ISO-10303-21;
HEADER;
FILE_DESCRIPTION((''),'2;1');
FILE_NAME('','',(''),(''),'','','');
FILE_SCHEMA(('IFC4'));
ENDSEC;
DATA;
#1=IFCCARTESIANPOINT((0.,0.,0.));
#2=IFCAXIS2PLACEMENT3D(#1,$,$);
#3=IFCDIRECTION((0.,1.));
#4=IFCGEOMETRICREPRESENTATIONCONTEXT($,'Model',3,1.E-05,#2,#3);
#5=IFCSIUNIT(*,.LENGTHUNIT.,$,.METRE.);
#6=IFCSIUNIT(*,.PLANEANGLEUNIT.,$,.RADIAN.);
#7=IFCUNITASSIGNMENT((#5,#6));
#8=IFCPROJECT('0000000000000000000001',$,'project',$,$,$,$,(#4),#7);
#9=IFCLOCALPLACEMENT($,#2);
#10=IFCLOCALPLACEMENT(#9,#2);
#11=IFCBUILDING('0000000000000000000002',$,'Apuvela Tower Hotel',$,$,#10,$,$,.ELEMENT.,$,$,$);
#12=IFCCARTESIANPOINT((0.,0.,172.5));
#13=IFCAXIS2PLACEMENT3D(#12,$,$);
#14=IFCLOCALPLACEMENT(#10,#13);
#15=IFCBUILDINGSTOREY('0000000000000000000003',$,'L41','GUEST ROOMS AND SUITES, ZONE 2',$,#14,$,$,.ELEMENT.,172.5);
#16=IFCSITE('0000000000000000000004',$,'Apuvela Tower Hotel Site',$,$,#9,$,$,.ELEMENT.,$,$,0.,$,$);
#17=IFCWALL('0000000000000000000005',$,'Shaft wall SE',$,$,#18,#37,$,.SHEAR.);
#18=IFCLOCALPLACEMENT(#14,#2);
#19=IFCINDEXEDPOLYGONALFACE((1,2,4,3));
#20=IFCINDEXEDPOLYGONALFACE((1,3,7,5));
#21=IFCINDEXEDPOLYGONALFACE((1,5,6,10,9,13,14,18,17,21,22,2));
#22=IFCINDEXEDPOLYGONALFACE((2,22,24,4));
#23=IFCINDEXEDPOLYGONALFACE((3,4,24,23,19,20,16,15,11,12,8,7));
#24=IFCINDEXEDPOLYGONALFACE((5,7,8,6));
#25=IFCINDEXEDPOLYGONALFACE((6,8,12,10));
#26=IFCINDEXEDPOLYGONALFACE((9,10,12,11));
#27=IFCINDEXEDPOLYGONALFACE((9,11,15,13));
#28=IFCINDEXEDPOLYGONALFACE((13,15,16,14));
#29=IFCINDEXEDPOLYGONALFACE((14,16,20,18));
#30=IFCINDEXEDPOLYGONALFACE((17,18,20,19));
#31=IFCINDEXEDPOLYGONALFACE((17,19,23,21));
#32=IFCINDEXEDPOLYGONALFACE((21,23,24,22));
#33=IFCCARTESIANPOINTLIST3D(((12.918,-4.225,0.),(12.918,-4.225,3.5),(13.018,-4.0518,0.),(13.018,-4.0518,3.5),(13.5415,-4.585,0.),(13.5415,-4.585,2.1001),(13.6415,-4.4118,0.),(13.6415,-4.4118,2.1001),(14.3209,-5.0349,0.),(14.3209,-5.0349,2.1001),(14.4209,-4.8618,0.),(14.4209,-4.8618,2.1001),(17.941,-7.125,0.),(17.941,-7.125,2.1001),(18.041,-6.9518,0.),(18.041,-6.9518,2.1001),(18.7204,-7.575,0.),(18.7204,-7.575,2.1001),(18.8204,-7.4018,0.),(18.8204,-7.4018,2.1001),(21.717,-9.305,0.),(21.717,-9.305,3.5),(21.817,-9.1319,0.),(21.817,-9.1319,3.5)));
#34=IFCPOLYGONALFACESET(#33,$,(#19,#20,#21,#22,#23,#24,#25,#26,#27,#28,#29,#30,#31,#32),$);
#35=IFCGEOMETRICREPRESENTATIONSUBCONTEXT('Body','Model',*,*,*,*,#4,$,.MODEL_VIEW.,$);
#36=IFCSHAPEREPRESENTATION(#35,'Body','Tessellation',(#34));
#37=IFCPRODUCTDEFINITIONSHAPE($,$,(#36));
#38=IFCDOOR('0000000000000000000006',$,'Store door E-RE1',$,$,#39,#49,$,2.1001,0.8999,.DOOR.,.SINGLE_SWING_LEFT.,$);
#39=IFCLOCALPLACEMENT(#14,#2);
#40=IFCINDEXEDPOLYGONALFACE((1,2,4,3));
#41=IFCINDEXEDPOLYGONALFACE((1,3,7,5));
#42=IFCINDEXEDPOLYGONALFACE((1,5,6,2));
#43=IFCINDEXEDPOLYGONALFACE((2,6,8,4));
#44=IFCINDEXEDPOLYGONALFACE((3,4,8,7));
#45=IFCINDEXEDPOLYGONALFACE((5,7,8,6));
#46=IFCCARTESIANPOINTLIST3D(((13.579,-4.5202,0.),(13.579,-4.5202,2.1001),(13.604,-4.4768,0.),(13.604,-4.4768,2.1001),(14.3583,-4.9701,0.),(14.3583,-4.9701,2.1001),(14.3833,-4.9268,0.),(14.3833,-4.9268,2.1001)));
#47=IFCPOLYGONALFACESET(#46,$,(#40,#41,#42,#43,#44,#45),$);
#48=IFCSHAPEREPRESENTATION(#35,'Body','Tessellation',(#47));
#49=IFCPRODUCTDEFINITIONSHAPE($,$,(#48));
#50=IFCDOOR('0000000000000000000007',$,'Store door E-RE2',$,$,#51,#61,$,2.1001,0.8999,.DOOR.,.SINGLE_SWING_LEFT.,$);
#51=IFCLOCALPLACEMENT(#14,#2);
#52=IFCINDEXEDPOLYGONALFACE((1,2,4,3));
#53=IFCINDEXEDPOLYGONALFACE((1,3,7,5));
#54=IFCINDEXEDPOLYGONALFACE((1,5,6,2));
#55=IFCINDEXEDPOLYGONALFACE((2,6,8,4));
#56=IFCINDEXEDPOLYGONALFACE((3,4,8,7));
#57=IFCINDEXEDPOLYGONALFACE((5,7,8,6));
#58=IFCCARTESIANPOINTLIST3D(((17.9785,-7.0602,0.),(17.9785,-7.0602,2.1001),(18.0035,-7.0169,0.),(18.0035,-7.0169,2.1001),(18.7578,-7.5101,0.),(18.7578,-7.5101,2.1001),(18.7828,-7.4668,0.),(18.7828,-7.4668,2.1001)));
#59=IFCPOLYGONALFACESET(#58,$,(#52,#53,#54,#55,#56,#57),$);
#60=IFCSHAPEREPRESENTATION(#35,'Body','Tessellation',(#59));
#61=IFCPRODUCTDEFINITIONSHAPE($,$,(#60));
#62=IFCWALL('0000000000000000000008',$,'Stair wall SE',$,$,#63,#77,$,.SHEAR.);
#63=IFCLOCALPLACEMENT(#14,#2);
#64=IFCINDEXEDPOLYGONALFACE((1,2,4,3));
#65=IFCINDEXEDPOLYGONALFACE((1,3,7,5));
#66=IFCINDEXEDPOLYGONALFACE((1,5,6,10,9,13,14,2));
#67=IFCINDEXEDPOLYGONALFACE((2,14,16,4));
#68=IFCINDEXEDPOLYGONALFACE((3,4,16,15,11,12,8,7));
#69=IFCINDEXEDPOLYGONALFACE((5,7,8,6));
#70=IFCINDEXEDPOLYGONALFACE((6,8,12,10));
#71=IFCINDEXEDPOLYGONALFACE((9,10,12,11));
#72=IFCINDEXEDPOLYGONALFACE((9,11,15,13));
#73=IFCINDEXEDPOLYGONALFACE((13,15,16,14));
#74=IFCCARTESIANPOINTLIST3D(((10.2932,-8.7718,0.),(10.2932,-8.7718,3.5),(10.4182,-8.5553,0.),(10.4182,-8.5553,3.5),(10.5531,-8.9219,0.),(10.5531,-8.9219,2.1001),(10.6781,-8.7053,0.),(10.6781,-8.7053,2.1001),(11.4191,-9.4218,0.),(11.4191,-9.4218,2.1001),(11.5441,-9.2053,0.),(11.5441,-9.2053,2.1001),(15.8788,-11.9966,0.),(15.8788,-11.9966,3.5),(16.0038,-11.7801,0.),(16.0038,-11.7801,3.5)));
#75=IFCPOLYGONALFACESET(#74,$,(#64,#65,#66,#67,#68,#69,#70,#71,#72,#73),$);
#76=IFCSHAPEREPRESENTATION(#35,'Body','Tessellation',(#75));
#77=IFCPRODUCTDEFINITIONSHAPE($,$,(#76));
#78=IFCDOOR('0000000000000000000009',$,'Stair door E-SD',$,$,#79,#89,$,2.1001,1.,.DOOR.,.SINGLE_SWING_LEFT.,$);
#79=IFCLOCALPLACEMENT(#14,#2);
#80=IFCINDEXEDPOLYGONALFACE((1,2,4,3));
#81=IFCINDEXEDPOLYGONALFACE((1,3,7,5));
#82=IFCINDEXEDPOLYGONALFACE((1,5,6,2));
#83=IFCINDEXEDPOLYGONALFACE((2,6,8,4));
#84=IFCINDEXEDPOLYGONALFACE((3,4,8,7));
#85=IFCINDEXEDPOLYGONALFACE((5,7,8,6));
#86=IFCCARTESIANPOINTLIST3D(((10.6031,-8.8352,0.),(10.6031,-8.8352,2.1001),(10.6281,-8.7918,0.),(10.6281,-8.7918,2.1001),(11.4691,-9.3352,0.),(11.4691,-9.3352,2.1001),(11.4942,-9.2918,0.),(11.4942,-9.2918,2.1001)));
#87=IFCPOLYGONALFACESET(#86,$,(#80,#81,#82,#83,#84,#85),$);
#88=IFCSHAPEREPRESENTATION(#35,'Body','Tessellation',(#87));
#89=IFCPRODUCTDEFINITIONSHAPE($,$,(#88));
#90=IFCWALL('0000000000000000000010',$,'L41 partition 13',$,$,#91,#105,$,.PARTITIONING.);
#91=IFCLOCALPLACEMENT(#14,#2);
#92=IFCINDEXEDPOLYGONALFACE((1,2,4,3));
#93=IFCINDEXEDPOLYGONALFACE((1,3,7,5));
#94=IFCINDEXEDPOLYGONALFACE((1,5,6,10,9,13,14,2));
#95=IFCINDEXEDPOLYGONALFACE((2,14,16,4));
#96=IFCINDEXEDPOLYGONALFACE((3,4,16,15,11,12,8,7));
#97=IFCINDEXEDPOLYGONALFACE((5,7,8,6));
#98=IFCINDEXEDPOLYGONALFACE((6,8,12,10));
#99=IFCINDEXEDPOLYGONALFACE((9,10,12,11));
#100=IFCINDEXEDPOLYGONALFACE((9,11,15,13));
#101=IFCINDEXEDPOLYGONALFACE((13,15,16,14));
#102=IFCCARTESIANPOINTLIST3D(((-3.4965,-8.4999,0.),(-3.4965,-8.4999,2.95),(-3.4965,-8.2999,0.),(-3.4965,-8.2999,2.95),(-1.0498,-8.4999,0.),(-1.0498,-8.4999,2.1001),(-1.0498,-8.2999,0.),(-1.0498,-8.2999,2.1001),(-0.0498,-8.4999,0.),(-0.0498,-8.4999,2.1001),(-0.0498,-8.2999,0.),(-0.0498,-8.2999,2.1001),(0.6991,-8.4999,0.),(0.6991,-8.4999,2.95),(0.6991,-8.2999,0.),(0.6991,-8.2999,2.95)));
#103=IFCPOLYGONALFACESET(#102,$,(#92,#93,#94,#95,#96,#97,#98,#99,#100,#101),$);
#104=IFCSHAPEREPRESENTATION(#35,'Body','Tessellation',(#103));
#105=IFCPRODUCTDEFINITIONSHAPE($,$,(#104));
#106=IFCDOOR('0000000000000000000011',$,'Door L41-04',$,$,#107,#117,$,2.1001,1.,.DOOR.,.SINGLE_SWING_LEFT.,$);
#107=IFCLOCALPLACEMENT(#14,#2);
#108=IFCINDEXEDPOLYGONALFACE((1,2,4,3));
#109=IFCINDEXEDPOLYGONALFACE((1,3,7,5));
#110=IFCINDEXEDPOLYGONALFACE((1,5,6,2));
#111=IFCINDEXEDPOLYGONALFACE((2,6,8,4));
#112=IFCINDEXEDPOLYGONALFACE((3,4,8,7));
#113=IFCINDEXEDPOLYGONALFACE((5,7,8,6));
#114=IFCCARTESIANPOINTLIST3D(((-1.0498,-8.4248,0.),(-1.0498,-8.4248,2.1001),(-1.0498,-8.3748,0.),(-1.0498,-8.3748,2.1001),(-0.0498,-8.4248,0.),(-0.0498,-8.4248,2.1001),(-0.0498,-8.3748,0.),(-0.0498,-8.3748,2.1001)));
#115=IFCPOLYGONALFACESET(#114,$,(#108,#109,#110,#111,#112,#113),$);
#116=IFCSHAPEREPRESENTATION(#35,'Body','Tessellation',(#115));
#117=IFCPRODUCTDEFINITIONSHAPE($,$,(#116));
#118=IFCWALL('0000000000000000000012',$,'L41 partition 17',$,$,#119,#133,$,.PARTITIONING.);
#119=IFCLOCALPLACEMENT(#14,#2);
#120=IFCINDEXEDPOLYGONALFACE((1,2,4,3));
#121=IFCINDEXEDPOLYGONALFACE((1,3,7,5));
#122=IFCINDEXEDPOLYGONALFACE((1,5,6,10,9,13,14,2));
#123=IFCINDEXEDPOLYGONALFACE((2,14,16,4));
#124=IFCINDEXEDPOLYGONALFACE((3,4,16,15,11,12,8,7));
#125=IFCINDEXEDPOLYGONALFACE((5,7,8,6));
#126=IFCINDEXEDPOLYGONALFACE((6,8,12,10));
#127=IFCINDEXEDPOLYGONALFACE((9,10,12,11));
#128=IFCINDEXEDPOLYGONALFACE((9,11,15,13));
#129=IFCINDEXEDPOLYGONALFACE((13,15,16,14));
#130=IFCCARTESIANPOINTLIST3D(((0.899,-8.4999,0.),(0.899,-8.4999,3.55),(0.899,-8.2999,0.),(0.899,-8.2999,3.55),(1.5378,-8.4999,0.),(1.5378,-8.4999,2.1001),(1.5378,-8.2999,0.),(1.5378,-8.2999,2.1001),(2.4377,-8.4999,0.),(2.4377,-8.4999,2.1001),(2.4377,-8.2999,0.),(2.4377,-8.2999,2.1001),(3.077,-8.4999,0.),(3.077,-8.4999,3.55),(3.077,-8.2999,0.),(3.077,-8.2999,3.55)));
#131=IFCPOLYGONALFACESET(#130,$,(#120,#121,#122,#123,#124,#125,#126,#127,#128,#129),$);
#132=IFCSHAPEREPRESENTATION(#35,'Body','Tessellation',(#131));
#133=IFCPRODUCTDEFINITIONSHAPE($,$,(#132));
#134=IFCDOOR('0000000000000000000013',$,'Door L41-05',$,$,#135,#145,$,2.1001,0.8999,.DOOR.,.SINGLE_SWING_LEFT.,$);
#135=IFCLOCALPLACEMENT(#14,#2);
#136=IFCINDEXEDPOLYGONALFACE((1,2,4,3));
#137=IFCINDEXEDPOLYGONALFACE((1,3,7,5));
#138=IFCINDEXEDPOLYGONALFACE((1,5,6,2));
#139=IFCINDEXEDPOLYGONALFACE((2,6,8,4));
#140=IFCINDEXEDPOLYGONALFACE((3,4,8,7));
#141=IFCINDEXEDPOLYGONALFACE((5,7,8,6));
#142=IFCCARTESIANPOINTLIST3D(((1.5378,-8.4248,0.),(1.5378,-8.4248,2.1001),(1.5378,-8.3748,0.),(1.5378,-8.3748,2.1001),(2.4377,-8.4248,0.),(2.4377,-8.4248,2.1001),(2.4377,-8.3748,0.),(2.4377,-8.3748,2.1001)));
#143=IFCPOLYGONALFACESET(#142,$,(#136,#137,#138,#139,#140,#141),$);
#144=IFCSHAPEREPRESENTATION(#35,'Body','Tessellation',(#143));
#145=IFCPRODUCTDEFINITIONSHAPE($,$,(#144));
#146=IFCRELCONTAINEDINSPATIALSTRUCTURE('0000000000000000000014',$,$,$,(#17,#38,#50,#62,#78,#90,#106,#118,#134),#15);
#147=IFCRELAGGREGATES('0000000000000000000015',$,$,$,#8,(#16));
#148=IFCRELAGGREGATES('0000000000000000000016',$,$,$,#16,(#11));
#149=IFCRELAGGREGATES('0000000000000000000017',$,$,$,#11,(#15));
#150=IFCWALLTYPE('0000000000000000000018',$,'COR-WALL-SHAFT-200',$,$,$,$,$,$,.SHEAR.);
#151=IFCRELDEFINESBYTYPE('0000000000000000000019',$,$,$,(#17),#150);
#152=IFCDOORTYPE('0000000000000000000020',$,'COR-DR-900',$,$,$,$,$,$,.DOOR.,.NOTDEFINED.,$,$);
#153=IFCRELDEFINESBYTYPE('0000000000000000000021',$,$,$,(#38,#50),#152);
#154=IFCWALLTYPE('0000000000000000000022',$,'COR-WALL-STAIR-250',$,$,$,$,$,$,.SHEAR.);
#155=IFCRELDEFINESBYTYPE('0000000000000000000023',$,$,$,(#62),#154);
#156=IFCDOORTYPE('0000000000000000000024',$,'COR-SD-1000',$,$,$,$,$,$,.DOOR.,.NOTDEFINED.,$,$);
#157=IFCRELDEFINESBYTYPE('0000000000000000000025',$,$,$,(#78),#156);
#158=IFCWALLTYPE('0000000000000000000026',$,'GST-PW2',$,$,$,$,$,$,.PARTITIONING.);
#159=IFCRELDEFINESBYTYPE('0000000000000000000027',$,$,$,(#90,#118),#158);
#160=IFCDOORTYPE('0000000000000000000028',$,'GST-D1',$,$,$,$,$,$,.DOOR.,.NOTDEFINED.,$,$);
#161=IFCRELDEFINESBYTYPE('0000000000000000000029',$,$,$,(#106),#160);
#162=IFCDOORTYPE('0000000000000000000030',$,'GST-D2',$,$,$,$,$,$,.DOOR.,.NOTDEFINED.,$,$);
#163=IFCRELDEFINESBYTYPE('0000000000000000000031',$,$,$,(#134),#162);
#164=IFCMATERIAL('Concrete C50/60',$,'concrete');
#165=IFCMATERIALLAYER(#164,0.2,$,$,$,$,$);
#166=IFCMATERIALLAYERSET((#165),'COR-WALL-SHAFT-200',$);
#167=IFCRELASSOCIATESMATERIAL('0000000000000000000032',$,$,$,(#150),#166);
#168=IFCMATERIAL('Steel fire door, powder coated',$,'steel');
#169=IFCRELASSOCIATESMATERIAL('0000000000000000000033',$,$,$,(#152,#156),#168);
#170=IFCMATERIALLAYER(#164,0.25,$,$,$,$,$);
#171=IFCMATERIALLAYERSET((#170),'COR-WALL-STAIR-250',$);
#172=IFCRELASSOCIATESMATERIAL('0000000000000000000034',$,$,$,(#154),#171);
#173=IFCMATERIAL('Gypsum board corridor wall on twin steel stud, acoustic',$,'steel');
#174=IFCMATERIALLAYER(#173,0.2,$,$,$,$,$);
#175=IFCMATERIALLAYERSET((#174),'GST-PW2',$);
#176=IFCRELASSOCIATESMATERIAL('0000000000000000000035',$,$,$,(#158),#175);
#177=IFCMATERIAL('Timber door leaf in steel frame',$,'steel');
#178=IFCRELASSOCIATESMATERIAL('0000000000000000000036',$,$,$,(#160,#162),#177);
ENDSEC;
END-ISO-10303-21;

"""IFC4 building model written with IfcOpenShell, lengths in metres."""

from ifc_helpers import new_model, si_unit, direction, frame, frame_2d, origin, place, context, subcontext, project, spatial, rectangle, extrude, material, layer, layer_set, type_object, element, fill, save


model = new_model("IFC4")

# Units and contexts
model_context = context("Model", 3, precision=1e-05, world=origin(), true_north=direction((0.0, 1.0)))
body_context = subcontext(model_context, "Body", "Model", "MODEL_VIEW")
ifc_project = project(units=[si_unit("LENGTHUNIT", "METRE"), si_unit("PLANEANGLEUNIT", "RADIAN")], contexts=[model_context])

# Site, building, storey
site_placement = place(None, origin())
site = spatial("IfcSite", under=ifc_project, at=site_placement, Name="Apuvela Tower Hotel Site", CompositionType="ELEMENT", RefElevation=0.0)
building_placement = place(site_placement, origin())
building = spatial("IfcBuilding", under=site, at=building_placement, Name="Apuvela Tower Hotel", CompositionType="ELEMENT")
storey_placement = place(building_placement, frame((0.0, 0.0, 172.5)))
storey = spatial("IfcBuildingStorey", under=building, at=storey_placement, Name="L41", Description="GUEST ROOMS AND SUITES, ZONE 2", CompositionType="ELEMENT", Elevation=172.5)

# Shared definitions
ifc_material_1 = material(Name="Concrete C50/60", Category="concrete")
ifc_material_2 = material(Name="Steel fire door, powder coated", Category="steel")

# Shared definitions
ifc_layer_1 = layer(ifc_material_1, 0.2)
ifc_layer_set_1 = layer_set([ifc_layer_1], Name="COR-WALL-SHAFT-200")
wall_type_1 = type_object("IfcWallType", Name="COR-WALL-SHAFT-200", PredefinedType="SHEAR", material=ifc_layer_set_1)

# Wall, openings, doors
wall_1_placement = place(storey_placement, frame((12.968, -4.1384, 0.0), z_axis=(0.0, 0.0, 1.0), x_axis=(0.866028, -0.499995, 0.0)))
wall_1 = element("IfcWall", 1, at=wall_1_placement, inside=storey, type_object=wall_type_1, Name="Shaft wall SE", PredefinedType="SHEAR", context=body_context, shape_type="SweptSolid", body=[
    extrude(rectangle(XDim=10.1602, YDim=0.2, at=frame_2d((5.0801, 0.0))), origin(), (0.0, 0.0, 1.0), 3.5),
])
opening_1_placement = place(wall_1_placement, frame((0.72, 0.0, 0.0)))
opening_1 = element("IfcOpeningElement", 2, at=opening_1_placement, cuts=wall_1, PredefinedType="OPENING", context=body_context, shape_type="SweptSolid", body=[
    extrude(rectangle(XDim=0.8999, YDim=2.1001, at=frame_2d((0.45, 1.05))), frame((0.0, 0.1099, 0.0), z_axis=(0.0, -1.0, 0.0), x_axis=(1.0, 0.0, 0.0)), (0.0, 0.0, 1.0), 0.22),
])
opening_2_placement = place(wall_1_placement, frame((5.8, 0.0, 0.0)))
opening_2 = element("IfcOpeningElement", 3, at=opening_2_placement, cuts=wall_1, PredefinedType="OPENING", context=body_context, shape_type="SweptSolid", body=[
    extrude(rectangle(XDim=0.8999, YDim=2.1001, at=frame_2d((0.45, 1.05))), frame((0.0, 0.1099, 0.0), z_axis=(0.0, -1.0, 0.0), x_axis=(1.0, 0.0, 0.0)), (0.0, 0.0, 1.0), 0.22),
])
door_type_1 = type_object("IfcDoorType", Name="COR-DR-900", OperationType="NOTDEFINED", PredefinedType="DOOR", material=ifc_material_2)
door_1_placement = place(opening_1_placement, origin())
door_1 = element("IfcDoor", 4, at=door_1_placement, inside=storey, type_object=door_type_1, Name="Store door E-RE1", OperationType="SINGLE_SWING_LEFT", OverallHeight=2.1001, OverallWidth=0.8999, PredefinedType="DOOR", context=body_context, shape_type="SweptSolid", body=[
    extrude(rectangle(XDim=0.8999, YDim=2.1001, at=frame_2d((0.45, 1.05))), frame((0.0, 0.0249, 0.0), z_axis=(0.0, -1.0, 0.0), x_axis=(1.0, 0.0, 0.0)), (0.0, 0.0, 1.0), 0.05),
])
fill(opening_1, door_1)
door_2_placement = place(opening_2_placement, origin())
door_2 = element("IfcDoor", 5, at=door_2_placement, inside=storey, type_object=door_type_1, Name="Store door E-RE2", OperationType="SINGLE_SWING_LEFT", OverallHeight=2.1001, OverallWidth=0.8999, PredefinedType="DOOR", context=body_context, shape_type="SweptSolid", body=[
    extrude(rectangle(XDim=0.8999, YDim=2.1001, at=frame_2d((0.45, 1.05))), frame((0.0, 0.0249, 0.0), z_axis=(0.0, -1.0, 0.0), x_axis=(1.0, 0.0, 0.0)), (0.0, 0.0, 1.0), 0.05),
])
fill(opening_2, door_2)

# Walls, openings, doors
ifc_layer_2 = layer(ifc_material_1, 0.25)
ifc_layer_set_2 = layer_set([ifc_layer_2], Name="COR-WALL-STAIR-250")
wall_type_2 = type_object("IfcWallType", Name="COR-WALL-STAIR-250", PredefinedType="SHEAR", material=ifc_layer_set_2)
wall_2_placement = place(storey_placement, frame((10.3557, -8.6636, 0.0), z_axis=(0.0, 0.0, 1.0), x_axis=(0.866029, -0.499994, 0.0)))
wall_2 = element("IfcWall", 6, at=wall_2_placement, inside=storey, type_object=wall_type_2, Name="Stair wall SE", PredefinedType="SHEAR", context=body_context, shape_type="SweptSolid", body=[
    extrude(rectangle(XDim=6.4497, YDim=0.25, at=frame_2d((3.2249, 0.0))), origin(), (0.0, 0.0, 1.0), 3.5),
])
opening_3_placement = place(wall_2_placement, frame((0.3, 0.0, 0.0)))
opening_3 = element("IfcOpeningElement", 7, at=opening_3_placement, cuts=wall_2, PredefinedType="OPENING", context=body_context, shape_type="SweptSolid", body=[
    extrude(rectangle(XDim=1.0, YDim=2.1001, at=frame_2d((0.5, 1.05))), frame((0.0, 0.135, 0.0), z_axis=(0.0, -1.0, 0.0), x_axis=(1.0, 0.0, 0.0)), (0.0, 0.0, 1.0), 0.27),
])
door_type_2 = type_object("IfcDoorType", Name="COR-SD-1000", OperationType="NOTDEFINED", PredefinedType="DOOR", material=ifc_material_2)
door_3_placement = place(opening_3_placement, frame((1.0, 0.0, 0.0), z_axis=(0.0, 0.0, 1.0), x_axis=(-1.0, 0.0, 0.0)))
door_3 = element("IfcDoor", 8, at=door_3_placement, inside=storey, type_object=door_type_2, Name="Stair door E-SD", OperationType="SINGLE_SWING_LEFT", OverallHeight=2.1001, OverallWidth=1.0, PredefinedType="DOOR", context=body_context, shape_type="SweptSolid", body=[
    extrude(rectangle(XDim=1.0, YDim=2.1001, at=frame_2d((0.5, 1.05))), frame((0.0, 0.0249, 0.0), z_axis=(0.0, -1.0, 0.0), x_axis=(1.0, 0.0, 0.0)), (0.0, 0.0, 1.0), 0.05),
])
fill(opening_3, door_3)
ifc_material_3 = material(Name="Gypsum board corridor wall on twin steel stud, acoustic", Category="steel")
ifc_layer_3 = layer(ifc_material_3, 0.2)
ifc_layer_set_3 = layer_set([ifc_layer_3], Name="GST-PW2")
wall_type_3 = type_object("IfcWallType", Name="GST-PW2", PredefinedType="PARTITIONING", material=ifc_layer_set_3)
wall_3_placement = place(storey_placement, frame((0.699, -8.3999, 0.0), z_axis=(0.0, 0.0, 1.0), x_axis=(-1.0, 0.0, 0.0)))
wall_3 = element("IfcWall", 9, at=wall_3_placement, inside=storey, type_object=wall_type_3, Name="L41 partition 13", PredefinedType="PARTITIONING", context=body_context, shape_type="SweptSolid", body=[
    extrude(rectangle(XDim=4.1956, YDim=0.2, at=frame_2d((2.0977, 0.0))), origin(), (0.0, 0.0, 1.0), 2.95),
])
opening_4_placement = place(wall_3_placement, frame((0.7488, 0.0, 0.0)))
opening_4 = element("IfcOpeningElement", 10, at=opening_4_placement, cuts=wall_3, PredefinedType="OPENING", context=body_context, shape_type="SweptSolid", body=[
    extrude(rectangle(XDim=1.0, YDim=2.1001, at=frame_2d((0.5, 1.05))), frame((0.0, 0.1099, 0.0), z_axis=(0.0, -1.0, 0.0), x_axis=(1.0, 0.0, 0.0)), (0.0, 0.0, 1.0), 0.22),
])
ifc_material_4 = material(Name="Timber door leaf in steel frame", Category="steel")
door_type_3 = type_object("IfcDoorType", Name="GST-D1", OperationType="NOTDEFINED", PredefinedType="DOOR", material=ifc_material_4)
door_4_placement = place(opening_4_placement, origin())
door_4 = element("IfcDoor", 11, at=door_4_placement, inside=storey, type_object=door_type_3, Name="Door L41-04", OperationType="SINGLE_SWING_LEFT", OverallHeight=2.1001, OverallWidth=1.0, PredefinedType="DOOR", context=body_context, shape_type="SweptSolid", body=[
    extrude(rectangle(XDim=1.0, YDim=2.1001, at=frame_2d((0.5, 1.05))), frame((0.0, 0.0249, 0.0), z_axis=(0.0, -1.0, 0.0), x_axis=(1.0, 0.0, 0.0)), (0.0, 0.0, 1.0), 0.05),
])
fill(opening_4, door_4)
wall_4_placement = place(storey_placement, frame((3.0769, -8.3999, 0.0), z_axis=(0.0, 0.0, 1.0), x_axis=(-1.0, 0.0, 0.0)))
wall_4 = element("IfcWall", 12, at=wall_4_placement, inside=storey, type_object=wall_type_3, Name="L41 partition 17", PredefinedType="PARTITIONING", context=body_context, shape_type="SweptSolid", body=[
    extrude(rectangle(XDim=2.178, YDim=0.2, at=frame_2d((1.0889, 0.0))), origin(), (0.0, 0.0, 1.0), 3.55),
])
opening_5_placement = place(wall_4_placement, frame((0.6392, 0.0, 0.0)))
opening_5 = element("IfcOpeningElement", 13, at=opening_5_placement, cuts=wall_4, PredefinedType="OPENING", context=body_context, shape_type="SweptSolid", body=[
    extrude(rectangle(XDim=0.8999, YDim=2.1001, at=frame_2d((0.45, 1.05))), frame((0.0, 0.1099, 0.0), z_axis=(0.0, -1.0, 0.0), x_axis=(1.0, 0.0, 0.0)), (0.0, 0.0, 1.0), 0.22),
])
door_type_4 = type_object("IfcDoorType", Name="GST-D2", OperationType="NOTDEFINED", PredefinedType="DOOR", material=ifc_material_4)
door_5_placement = place(opening_5_placement, origin())
door_5 = element("IfcDoor", 14, at=door_5_placement, inside=storey, type_object=door_type_4, Name="Door L41-05", OperationType="SINGLE_SWING_LEFT", OverallHeight=2.1001, OverallWidth=0.8999, PredefinedType="DOOR", context=body_context, shape_type="SweptSolid", body=[
    extrude(rectangle(XDim=0.8999, YDim=2.1001, at=frame_2d((0.45, 1.05))), frame((0.0, 0.0249, 0.0), z_axis=(0.0, -1.0, 0.0), x_axis=(1.0, 0.0, 0.0)), (0.0, 0.0, 1.0), 0.05),
])
fill(opening_5, door_5)

save(model, "model.ifc")
